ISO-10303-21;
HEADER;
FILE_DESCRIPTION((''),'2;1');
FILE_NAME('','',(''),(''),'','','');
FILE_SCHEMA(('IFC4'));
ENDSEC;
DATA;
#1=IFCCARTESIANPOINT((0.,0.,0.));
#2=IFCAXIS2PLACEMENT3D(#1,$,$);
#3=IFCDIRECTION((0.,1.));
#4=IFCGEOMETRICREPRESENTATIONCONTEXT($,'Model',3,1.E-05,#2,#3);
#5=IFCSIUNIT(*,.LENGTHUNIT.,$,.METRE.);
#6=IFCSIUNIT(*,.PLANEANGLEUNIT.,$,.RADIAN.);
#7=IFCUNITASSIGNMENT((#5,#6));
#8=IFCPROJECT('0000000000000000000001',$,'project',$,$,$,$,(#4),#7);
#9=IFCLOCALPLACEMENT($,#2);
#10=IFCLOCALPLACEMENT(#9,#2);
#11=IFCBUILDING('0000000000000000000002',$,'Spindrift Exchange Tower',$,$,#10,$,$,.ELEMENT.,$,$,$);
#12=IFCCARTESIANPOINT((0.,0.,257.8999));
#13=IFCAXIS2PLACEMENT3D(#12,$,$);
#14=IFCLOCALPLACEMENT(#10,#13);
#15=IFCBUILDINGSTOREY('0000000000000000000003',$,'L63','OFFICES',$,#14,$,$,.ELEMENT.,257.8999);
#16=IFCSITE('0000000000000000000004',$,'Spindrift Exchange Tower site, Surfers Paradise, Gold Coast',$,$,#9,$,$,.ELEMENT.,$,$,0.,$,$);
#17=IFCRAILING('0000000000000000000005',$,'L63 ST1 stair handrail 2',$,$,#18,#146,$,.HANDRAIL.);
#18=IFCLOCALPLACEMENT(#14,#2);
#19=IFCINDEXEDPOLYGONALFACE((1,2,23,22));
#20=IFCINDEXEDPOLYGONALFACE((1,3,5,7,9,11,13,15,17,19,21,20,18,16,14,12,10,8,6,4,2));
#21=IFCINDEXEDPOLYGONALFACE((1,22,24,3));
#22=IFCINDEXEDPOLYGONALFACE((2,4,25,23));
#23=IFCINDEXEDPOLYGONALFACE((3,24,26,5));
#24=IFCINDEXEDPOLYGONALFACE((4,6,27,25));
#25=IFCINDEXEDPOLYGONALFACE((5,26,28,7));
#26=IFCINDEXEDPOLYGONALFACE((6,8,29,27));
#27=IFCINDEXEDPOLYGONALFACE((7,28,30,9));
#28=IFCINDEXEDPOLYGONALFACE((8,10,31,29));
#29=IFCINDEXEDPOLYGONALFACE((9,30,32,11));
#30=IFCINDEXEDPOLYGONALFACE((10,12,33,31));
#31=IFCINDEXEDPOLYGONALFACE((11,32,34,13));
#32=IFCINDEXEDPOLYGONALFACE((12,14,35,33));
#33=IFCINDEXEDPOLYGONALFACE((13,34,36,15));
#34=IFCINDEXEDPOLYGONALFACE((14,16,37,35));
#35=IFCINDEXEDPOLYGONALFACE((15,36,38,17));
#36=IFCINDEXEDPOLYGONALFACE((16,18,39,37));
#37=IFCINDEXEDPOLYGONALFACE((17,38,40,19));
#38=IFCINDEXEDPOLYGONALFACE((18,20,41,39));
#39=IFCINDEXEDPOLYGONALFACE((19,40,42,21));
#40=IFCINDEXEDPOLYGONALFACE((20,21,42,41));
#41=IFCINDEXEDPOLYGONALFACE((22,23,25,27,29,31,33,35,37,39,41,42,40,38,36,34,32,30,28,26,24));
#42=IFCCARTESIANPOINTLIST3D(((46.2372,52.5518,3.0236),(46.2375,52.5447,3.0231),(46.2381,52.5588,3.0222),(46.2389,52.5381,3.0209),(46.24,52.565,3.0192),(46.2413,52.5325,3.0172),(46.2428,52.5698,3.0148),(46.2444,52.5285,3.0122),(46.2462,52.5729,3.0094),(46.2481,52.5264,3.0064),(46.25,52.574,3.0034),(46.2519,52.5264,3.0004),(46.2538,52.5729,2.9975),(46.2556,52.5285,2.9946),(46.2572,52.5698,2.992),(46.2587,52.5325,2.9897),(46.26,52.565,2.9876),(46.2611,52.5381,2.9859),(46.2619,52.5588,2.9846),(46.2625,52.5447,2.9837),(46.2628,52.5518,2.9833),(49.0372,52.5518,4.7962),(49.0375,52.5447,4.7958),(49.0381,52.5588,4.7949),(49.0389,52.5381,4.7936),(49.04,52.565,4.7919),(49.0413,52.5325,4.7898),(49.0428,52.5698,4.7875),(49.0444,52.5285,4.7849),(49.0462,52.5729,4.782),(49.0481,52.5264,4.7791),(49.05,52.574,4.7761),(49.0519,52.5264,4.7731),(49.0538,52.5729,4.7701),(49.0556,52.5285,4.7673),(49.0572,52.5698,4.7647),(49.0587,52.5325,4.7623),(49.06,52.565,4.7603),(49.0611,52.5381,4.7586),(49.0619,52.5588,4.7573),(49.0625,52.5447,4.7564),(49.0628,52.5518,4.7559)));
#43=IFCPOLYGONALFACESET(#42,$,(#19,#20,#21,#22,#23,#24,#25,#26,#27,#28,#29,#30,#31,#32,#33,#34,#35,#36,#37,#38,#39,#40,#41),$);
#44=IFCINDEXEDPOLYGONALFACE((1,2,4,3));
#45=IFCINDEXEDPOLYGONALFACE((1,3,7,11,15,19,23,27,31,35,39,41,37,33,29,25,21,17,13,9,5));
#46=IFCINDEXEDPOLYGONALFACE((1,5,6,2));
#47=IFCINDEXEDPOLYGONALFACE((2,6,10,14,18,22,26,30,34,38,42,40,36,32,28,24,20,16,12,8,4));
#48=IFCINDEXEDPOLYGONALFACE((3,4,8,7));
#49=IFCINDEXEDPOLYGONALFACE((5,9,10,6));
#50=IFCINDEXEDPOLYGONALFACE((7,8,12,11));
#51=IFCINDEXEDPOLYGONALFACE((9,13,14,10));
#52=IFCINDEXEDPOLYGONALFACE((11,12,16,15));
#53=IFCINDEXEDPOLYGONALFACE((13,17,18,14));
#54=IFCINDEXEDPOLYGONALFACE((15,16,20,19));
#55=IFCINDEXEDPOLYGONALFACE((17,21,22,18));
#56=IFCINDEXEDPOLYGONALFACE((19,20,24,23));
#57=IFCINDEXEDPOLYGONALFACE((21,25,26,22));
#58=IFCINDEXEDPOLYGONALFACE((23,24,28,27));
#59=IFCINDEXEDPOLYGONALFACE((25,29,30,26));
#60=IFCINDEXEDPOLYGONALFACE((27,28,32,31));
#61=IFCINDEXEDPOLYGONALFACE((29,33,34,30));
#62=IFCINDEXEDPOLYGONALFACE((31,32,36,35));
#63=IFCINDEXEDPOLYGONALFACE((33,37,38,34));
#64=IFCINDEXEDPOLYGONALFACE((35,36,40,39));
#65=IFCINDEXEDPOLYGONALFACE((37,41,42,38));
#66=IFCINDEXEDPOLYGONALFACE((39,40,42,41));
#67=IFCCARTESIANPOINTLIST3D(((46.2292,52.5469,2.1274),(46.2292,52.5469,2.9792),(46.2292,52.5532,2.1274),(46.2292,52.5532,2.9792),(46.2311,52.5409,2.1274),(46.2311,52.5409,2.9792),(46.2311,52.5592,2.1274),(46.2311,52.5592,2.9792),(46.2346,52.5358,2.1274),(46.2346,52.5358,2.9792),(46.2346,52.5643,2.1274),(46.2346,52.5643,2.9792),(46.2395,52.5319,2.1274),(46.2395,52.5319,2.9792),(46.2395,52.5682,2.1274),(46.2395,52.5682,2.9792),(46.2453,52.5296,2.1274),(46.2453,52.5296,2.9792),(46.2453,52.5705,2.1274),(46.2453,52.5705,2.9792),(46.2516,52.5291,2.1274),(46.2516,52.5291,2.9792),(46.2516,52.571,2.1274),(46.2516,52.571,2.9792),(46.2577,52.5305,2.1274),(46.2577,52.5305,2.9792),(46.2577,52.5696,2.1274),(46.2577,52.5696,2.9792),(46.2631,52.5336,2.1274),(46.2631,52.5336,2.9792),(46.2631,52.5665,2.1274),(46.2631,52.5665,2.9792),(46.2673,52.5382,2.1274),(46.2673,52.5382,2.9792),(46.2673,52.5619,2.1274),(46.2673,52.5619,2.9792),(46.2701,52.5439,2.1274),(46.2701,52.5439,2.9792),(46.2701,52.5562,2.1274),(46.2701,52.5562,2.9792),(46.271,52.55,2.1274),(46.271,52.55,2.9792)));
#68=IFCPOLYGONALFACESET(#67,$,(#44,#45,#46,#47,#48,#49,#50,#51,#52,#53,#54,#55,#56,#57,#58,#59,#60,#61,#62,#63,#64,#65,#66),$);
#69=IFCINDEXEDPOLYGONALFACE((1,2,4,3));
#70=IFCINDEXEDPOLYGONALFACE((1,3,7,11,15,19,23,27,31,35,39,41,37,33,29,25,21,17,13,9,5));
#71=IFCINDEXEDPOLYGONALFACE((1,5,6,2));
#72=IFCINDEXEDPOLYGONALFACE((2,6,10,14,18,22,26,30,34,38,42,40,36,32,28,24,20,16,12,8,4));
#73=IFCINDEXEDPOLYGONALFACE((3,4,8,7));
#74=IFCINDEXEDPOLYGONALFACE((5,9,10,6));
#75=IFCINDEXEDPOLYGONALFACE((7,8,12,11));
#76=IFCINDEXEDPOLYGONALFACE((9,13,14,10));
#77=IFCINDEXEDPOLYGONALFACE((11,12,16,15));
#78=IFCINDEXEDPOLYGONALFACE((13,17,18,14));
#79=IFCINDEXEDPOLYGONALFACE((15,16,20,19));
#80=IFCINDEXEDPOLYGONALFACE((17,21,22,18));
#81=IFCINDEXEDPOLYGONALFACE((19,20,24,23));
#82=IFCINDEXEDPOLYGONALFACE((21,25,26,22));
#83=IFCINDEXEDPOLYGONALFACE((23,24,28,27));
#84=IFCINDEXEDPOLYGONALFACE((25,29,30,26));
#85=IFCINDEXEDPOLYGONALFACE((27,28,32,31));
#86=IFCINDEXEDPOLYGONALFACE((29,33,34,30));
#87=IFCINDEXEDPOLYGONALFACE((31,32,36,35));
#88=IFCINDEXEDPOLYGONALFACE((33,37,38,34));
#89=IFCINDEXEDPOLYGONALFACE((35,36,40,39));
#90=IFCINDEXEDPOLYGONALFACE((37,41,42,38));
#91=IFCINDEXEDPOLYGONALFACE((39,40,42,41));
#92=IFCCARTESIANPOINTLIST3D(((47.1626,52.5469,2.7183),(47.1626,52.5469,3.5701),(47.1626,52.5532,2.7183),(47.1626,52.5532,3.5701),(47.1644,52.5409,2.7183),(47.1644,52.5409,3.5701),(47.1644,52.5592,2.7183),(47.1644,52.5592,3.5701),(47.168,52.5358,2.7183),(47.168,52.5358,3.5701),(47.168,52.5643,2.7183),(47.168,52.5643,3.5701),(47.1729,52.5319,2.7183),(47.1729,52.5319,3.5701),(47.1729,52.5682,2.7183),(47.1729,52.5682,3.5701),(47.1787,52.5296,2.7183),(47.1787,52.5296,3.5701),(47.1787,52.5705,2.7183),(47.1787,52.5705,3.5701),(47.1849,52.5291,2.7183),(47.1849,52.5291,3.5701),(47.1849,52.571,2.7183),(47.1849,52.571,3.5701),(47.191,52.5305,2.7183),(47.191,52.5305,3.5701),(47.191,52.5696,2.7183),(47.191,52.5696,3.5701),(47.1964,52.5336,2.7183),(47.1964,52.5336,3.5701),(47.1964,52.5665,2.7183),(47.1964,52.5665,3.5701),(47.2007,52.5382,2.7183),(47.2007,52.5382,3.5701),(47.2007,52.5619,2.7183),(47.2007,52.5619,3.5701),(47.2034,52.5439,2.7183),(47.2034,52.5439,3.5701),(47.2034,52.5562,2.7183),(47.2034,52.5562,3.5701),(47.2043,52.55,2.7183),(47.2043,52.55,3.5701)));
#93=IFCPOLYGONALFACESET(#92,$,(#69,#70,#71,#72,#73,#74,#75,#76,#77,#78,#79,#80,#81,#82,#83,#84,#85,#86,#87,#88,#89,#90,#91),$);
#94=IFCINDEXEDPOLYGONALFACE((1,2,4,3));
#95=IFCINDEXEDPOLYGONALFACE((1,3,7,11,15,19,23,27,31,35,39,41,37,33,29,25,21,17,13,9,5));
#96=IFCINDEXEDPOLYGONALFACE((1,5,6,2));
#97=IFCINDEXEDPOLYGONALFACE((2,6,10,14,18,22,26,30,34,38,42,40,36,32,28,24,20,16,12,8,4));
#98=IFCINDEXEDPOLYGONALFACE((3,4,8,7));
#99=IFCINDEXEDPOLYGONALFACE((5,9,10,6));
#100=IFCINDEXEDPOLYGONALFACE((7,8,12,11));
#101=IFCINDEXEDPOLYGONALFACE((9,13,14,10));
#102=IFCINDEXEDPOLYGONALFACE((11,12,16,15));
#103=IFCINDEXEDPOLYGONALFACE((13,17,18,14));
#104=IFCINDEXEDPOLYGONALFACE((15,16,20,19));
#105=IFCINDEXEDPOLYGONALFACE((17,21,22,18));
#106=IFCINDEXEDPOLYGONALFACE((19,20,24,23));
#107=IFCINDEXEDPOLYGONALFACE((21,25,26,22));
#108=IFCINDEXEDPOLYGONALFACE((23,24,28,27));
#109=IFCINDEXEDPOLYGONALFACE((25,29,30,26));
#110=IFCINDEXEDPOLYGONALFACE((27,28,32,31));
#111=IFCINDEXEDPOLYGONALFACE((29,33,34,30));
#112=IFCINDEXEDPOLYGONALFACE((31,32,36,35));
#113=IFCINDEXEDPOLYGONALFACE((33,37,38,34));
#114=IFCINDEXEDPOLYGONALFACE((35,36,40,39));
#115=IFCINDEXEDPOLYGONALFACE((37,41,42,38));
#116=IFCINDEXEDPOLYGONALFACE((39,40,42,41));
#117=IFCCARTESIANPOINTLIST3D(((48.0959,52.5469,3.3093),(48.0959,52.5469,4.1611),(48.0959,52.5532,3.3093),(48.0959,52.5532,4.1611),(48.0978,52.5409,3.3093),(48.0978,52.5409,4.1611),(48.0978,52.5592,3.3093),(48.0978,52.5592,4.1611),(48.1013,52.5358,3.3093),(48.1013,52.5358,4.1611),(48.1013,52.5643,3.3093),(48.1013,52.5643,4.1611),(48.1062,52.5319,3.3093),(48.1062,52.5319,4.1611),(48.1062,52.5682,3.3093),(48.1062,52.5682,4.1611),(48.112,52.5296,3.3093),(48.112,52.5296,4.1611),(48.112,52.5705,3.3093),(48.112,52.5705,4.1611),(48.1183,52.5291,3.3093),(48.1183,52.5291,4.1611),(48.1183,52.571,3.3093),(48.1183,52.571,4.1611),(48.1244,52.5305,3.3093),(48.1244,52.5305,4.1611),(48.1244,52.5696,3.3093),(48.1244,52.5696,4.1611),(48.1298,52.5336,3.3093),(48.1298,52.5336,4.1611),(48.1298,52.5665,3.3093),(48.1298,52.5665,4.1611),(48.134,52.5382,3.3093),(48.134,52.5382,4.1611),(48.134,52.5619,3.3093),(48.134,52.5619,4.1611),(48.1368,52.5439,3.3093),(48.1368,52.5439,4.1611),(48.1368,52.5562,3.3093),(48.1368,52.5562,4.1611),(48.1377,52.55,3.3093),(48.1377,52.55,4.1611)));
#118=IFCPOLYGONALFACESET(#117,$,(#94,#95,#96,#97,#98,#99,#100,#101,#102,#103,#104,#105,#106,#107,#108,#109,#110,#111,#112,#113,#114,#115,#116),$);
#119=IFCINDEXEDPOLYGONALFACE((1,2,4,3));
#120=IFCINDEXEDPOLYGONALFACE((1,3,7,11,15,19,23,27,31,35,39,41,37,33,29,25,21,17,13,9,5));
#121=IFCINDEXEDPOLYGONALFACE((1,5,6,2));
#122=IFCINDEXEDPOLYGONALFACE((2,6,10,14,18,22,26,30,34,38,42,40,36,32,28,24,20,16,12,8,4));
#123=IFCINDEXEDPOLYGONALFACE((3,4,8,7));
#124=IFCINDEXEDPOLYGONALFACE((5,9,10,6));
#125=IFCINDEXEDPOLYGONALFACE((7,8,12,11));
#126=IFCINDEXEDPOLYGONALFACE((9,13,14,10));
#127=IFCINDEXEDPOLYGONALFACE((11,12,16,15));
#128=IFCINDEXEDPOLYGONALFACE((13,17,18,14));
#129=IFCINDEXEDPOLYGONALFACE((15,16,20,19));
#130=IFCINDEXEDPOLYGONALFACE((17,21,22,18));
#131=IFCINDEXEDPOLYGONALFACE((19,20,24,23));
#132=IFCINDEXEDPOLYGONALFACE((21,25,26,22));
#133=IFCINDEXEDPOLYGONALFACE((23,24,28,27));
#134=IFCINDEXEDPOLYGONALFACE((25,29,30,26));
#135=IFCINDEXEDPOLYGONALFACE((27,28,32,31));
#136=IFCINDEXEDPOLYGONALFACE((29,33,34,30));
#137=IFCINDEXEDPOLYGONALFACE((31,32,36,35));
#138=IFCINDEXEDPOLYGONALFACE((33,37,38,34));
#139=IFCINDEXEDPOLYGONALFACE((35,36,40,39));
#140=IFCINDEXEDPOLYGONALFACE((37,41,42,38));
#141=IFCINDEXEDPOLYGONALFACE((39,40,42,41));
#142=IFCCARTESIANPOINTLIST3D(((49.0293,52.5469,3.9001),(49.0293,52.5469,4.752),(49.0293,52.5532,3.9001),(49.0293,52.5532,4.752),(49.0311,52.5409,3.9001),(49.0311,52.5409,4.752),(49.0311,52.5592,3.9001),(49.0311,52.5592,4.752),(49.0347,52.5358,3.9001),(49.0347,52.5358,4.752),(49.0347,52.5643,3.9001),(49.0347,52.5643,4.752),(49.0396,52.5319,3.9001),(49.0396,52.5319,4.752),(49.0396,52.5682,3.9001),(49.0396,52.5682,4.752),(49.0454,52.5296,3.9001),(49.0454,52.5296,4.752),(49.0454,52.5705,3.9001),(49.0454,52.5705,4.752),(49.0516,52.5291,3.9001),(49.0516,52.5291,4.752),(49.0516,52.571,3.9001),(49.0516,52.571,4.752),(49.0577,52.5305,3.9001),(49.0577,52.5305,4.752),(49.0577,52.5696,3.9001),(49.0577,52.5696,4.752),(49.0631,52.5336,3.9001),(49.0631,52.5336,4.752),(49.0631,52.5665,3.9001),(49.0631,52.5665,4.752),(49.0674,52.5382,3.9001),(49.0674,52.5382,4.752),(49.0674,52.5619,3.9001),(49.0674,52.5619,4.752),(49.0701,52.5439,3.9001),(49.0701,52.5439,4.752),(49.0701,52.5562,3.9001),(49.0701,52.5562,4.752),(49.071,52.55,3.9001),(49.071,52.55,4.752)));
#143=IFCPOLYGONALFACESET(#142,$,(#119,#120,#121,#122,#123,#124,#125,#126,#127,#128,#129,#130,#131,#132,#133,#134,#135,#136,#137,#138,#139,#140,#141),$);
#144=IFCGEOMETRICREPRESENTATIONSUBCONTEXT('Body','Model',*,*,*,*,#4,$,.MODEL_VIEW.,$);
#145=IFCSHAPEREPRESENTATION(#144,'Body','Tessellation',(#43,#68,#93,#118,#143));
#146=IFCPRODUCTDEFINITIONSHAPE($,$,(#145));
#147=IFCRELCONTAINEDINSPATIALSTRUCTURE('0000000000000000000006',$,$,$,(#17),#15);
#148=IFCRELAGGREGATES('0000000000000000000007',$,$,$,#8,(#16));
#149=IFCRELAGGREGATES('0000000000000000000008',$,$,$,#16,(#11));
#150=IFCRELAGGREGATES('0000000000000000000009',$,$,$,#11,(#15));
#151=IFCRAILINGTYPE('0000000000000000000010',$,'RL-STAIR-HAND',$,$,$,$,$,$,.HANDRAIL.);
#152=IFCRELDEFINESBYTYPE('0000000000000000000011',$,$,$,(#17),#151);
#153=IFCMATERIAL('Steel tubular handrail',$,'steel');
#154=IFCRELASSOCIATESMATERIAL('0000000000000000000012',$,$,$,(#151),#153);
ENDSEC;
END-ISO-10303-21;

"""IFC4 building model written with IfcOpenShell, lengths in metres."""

from ifc_helpers import new_model, si_unit, direction, frame, origin, origin_2d, place, context, subcontext, project, spatial, circle, extrude, material, type_object, element, save


model = new_model("IFC4")

# Units and contexts
model_context = context("Model", 3, precision=1e-05, world=origin(), true_north=direction((0.0, 1.0)))
body_context = subcontext(model_context, "Body", "Model", "MODEL_VIEW")
ifc_project = project(units=[si_unit("LENGTHUNIT", "METRE"), si_unit("PLANEANGLEUNIT", "RADIAN")], contexts=[model_context])

# Site, building, storey
site_placement = place(None, origin())
site = spatial("IfcSite", under=ifc_project, at=site_placement, Name="Spindrift Exchange Tower site, Surfers Paradise, Gold Coast", CompositionType="ELEMENT", RefElevation=0.0)
building_placement = place(site_placement, origin())
building = spatial("IfcBuilding", under=site, at=building_placement, Name="Spindrift Exchange Tower", CompositionType="ELEMENT")
storey_placement = place(building_placement, frame((0.0, 0.0, 257.8999)))
storey = spatial("IfcBuildingStorey", under=building, at=storey_placement, Name="L63", Description="OFFICES", CompositionType="ELEMENT", Elevation=257.8999)

# Railing
ifc_material_1 = material(Name="Steel tubular handrail", Category="steel")
railing_type_1 = type_object("IfcRailingType", Name="RL-STAIR-HAND", PredefinedType="HANDRAIL", material=ifc_material_1)
railing_1_placement = place(storey_placement, frame((46.25, 52.55, 2.1274)))
element("IfcRailing", 1, at=railing_1_placement, inside=storey, type_object=railing_type_1, Name="L63 ST1 stair handrail 2", PredefinedType="HANDRAIL", context=body_context, shape_type="SweptSolid", body=[
    extrude(circle(Radius=0.0239, at=origin_2d()), frame((0.0, 0.0, 0.876), z_axis=(0.844909, 0.0, 0.53491), x_axis=(0.0, 1.0, 0.0)), (0.0, 0.0, 1.0), 3.314),
    extrude(circle(Radius=0.021, at=origin_2d()), origin(), (0.0, 0.0, 1.0), 0.8518),
    extrude(circle(Radius=0.021, at=origin_2d()), frame((0.9333, 0.0, 0.5908)), (0.0, 0.0, 1.0), 0.8518),
    extrude(circle(Radius=0.021, at=origin_2d()), frame((1.8667, 0.0, 1.1819)), (0.0, 0.0, 1.0), 0.8518),
    extrude(circle(Radius=0.021, at=origin_2d()), frame((2.8, 0.0, 1.7727)), (0.0, 0.0, 1.0), 0.8518),
])

save(model, "model.ifc")
